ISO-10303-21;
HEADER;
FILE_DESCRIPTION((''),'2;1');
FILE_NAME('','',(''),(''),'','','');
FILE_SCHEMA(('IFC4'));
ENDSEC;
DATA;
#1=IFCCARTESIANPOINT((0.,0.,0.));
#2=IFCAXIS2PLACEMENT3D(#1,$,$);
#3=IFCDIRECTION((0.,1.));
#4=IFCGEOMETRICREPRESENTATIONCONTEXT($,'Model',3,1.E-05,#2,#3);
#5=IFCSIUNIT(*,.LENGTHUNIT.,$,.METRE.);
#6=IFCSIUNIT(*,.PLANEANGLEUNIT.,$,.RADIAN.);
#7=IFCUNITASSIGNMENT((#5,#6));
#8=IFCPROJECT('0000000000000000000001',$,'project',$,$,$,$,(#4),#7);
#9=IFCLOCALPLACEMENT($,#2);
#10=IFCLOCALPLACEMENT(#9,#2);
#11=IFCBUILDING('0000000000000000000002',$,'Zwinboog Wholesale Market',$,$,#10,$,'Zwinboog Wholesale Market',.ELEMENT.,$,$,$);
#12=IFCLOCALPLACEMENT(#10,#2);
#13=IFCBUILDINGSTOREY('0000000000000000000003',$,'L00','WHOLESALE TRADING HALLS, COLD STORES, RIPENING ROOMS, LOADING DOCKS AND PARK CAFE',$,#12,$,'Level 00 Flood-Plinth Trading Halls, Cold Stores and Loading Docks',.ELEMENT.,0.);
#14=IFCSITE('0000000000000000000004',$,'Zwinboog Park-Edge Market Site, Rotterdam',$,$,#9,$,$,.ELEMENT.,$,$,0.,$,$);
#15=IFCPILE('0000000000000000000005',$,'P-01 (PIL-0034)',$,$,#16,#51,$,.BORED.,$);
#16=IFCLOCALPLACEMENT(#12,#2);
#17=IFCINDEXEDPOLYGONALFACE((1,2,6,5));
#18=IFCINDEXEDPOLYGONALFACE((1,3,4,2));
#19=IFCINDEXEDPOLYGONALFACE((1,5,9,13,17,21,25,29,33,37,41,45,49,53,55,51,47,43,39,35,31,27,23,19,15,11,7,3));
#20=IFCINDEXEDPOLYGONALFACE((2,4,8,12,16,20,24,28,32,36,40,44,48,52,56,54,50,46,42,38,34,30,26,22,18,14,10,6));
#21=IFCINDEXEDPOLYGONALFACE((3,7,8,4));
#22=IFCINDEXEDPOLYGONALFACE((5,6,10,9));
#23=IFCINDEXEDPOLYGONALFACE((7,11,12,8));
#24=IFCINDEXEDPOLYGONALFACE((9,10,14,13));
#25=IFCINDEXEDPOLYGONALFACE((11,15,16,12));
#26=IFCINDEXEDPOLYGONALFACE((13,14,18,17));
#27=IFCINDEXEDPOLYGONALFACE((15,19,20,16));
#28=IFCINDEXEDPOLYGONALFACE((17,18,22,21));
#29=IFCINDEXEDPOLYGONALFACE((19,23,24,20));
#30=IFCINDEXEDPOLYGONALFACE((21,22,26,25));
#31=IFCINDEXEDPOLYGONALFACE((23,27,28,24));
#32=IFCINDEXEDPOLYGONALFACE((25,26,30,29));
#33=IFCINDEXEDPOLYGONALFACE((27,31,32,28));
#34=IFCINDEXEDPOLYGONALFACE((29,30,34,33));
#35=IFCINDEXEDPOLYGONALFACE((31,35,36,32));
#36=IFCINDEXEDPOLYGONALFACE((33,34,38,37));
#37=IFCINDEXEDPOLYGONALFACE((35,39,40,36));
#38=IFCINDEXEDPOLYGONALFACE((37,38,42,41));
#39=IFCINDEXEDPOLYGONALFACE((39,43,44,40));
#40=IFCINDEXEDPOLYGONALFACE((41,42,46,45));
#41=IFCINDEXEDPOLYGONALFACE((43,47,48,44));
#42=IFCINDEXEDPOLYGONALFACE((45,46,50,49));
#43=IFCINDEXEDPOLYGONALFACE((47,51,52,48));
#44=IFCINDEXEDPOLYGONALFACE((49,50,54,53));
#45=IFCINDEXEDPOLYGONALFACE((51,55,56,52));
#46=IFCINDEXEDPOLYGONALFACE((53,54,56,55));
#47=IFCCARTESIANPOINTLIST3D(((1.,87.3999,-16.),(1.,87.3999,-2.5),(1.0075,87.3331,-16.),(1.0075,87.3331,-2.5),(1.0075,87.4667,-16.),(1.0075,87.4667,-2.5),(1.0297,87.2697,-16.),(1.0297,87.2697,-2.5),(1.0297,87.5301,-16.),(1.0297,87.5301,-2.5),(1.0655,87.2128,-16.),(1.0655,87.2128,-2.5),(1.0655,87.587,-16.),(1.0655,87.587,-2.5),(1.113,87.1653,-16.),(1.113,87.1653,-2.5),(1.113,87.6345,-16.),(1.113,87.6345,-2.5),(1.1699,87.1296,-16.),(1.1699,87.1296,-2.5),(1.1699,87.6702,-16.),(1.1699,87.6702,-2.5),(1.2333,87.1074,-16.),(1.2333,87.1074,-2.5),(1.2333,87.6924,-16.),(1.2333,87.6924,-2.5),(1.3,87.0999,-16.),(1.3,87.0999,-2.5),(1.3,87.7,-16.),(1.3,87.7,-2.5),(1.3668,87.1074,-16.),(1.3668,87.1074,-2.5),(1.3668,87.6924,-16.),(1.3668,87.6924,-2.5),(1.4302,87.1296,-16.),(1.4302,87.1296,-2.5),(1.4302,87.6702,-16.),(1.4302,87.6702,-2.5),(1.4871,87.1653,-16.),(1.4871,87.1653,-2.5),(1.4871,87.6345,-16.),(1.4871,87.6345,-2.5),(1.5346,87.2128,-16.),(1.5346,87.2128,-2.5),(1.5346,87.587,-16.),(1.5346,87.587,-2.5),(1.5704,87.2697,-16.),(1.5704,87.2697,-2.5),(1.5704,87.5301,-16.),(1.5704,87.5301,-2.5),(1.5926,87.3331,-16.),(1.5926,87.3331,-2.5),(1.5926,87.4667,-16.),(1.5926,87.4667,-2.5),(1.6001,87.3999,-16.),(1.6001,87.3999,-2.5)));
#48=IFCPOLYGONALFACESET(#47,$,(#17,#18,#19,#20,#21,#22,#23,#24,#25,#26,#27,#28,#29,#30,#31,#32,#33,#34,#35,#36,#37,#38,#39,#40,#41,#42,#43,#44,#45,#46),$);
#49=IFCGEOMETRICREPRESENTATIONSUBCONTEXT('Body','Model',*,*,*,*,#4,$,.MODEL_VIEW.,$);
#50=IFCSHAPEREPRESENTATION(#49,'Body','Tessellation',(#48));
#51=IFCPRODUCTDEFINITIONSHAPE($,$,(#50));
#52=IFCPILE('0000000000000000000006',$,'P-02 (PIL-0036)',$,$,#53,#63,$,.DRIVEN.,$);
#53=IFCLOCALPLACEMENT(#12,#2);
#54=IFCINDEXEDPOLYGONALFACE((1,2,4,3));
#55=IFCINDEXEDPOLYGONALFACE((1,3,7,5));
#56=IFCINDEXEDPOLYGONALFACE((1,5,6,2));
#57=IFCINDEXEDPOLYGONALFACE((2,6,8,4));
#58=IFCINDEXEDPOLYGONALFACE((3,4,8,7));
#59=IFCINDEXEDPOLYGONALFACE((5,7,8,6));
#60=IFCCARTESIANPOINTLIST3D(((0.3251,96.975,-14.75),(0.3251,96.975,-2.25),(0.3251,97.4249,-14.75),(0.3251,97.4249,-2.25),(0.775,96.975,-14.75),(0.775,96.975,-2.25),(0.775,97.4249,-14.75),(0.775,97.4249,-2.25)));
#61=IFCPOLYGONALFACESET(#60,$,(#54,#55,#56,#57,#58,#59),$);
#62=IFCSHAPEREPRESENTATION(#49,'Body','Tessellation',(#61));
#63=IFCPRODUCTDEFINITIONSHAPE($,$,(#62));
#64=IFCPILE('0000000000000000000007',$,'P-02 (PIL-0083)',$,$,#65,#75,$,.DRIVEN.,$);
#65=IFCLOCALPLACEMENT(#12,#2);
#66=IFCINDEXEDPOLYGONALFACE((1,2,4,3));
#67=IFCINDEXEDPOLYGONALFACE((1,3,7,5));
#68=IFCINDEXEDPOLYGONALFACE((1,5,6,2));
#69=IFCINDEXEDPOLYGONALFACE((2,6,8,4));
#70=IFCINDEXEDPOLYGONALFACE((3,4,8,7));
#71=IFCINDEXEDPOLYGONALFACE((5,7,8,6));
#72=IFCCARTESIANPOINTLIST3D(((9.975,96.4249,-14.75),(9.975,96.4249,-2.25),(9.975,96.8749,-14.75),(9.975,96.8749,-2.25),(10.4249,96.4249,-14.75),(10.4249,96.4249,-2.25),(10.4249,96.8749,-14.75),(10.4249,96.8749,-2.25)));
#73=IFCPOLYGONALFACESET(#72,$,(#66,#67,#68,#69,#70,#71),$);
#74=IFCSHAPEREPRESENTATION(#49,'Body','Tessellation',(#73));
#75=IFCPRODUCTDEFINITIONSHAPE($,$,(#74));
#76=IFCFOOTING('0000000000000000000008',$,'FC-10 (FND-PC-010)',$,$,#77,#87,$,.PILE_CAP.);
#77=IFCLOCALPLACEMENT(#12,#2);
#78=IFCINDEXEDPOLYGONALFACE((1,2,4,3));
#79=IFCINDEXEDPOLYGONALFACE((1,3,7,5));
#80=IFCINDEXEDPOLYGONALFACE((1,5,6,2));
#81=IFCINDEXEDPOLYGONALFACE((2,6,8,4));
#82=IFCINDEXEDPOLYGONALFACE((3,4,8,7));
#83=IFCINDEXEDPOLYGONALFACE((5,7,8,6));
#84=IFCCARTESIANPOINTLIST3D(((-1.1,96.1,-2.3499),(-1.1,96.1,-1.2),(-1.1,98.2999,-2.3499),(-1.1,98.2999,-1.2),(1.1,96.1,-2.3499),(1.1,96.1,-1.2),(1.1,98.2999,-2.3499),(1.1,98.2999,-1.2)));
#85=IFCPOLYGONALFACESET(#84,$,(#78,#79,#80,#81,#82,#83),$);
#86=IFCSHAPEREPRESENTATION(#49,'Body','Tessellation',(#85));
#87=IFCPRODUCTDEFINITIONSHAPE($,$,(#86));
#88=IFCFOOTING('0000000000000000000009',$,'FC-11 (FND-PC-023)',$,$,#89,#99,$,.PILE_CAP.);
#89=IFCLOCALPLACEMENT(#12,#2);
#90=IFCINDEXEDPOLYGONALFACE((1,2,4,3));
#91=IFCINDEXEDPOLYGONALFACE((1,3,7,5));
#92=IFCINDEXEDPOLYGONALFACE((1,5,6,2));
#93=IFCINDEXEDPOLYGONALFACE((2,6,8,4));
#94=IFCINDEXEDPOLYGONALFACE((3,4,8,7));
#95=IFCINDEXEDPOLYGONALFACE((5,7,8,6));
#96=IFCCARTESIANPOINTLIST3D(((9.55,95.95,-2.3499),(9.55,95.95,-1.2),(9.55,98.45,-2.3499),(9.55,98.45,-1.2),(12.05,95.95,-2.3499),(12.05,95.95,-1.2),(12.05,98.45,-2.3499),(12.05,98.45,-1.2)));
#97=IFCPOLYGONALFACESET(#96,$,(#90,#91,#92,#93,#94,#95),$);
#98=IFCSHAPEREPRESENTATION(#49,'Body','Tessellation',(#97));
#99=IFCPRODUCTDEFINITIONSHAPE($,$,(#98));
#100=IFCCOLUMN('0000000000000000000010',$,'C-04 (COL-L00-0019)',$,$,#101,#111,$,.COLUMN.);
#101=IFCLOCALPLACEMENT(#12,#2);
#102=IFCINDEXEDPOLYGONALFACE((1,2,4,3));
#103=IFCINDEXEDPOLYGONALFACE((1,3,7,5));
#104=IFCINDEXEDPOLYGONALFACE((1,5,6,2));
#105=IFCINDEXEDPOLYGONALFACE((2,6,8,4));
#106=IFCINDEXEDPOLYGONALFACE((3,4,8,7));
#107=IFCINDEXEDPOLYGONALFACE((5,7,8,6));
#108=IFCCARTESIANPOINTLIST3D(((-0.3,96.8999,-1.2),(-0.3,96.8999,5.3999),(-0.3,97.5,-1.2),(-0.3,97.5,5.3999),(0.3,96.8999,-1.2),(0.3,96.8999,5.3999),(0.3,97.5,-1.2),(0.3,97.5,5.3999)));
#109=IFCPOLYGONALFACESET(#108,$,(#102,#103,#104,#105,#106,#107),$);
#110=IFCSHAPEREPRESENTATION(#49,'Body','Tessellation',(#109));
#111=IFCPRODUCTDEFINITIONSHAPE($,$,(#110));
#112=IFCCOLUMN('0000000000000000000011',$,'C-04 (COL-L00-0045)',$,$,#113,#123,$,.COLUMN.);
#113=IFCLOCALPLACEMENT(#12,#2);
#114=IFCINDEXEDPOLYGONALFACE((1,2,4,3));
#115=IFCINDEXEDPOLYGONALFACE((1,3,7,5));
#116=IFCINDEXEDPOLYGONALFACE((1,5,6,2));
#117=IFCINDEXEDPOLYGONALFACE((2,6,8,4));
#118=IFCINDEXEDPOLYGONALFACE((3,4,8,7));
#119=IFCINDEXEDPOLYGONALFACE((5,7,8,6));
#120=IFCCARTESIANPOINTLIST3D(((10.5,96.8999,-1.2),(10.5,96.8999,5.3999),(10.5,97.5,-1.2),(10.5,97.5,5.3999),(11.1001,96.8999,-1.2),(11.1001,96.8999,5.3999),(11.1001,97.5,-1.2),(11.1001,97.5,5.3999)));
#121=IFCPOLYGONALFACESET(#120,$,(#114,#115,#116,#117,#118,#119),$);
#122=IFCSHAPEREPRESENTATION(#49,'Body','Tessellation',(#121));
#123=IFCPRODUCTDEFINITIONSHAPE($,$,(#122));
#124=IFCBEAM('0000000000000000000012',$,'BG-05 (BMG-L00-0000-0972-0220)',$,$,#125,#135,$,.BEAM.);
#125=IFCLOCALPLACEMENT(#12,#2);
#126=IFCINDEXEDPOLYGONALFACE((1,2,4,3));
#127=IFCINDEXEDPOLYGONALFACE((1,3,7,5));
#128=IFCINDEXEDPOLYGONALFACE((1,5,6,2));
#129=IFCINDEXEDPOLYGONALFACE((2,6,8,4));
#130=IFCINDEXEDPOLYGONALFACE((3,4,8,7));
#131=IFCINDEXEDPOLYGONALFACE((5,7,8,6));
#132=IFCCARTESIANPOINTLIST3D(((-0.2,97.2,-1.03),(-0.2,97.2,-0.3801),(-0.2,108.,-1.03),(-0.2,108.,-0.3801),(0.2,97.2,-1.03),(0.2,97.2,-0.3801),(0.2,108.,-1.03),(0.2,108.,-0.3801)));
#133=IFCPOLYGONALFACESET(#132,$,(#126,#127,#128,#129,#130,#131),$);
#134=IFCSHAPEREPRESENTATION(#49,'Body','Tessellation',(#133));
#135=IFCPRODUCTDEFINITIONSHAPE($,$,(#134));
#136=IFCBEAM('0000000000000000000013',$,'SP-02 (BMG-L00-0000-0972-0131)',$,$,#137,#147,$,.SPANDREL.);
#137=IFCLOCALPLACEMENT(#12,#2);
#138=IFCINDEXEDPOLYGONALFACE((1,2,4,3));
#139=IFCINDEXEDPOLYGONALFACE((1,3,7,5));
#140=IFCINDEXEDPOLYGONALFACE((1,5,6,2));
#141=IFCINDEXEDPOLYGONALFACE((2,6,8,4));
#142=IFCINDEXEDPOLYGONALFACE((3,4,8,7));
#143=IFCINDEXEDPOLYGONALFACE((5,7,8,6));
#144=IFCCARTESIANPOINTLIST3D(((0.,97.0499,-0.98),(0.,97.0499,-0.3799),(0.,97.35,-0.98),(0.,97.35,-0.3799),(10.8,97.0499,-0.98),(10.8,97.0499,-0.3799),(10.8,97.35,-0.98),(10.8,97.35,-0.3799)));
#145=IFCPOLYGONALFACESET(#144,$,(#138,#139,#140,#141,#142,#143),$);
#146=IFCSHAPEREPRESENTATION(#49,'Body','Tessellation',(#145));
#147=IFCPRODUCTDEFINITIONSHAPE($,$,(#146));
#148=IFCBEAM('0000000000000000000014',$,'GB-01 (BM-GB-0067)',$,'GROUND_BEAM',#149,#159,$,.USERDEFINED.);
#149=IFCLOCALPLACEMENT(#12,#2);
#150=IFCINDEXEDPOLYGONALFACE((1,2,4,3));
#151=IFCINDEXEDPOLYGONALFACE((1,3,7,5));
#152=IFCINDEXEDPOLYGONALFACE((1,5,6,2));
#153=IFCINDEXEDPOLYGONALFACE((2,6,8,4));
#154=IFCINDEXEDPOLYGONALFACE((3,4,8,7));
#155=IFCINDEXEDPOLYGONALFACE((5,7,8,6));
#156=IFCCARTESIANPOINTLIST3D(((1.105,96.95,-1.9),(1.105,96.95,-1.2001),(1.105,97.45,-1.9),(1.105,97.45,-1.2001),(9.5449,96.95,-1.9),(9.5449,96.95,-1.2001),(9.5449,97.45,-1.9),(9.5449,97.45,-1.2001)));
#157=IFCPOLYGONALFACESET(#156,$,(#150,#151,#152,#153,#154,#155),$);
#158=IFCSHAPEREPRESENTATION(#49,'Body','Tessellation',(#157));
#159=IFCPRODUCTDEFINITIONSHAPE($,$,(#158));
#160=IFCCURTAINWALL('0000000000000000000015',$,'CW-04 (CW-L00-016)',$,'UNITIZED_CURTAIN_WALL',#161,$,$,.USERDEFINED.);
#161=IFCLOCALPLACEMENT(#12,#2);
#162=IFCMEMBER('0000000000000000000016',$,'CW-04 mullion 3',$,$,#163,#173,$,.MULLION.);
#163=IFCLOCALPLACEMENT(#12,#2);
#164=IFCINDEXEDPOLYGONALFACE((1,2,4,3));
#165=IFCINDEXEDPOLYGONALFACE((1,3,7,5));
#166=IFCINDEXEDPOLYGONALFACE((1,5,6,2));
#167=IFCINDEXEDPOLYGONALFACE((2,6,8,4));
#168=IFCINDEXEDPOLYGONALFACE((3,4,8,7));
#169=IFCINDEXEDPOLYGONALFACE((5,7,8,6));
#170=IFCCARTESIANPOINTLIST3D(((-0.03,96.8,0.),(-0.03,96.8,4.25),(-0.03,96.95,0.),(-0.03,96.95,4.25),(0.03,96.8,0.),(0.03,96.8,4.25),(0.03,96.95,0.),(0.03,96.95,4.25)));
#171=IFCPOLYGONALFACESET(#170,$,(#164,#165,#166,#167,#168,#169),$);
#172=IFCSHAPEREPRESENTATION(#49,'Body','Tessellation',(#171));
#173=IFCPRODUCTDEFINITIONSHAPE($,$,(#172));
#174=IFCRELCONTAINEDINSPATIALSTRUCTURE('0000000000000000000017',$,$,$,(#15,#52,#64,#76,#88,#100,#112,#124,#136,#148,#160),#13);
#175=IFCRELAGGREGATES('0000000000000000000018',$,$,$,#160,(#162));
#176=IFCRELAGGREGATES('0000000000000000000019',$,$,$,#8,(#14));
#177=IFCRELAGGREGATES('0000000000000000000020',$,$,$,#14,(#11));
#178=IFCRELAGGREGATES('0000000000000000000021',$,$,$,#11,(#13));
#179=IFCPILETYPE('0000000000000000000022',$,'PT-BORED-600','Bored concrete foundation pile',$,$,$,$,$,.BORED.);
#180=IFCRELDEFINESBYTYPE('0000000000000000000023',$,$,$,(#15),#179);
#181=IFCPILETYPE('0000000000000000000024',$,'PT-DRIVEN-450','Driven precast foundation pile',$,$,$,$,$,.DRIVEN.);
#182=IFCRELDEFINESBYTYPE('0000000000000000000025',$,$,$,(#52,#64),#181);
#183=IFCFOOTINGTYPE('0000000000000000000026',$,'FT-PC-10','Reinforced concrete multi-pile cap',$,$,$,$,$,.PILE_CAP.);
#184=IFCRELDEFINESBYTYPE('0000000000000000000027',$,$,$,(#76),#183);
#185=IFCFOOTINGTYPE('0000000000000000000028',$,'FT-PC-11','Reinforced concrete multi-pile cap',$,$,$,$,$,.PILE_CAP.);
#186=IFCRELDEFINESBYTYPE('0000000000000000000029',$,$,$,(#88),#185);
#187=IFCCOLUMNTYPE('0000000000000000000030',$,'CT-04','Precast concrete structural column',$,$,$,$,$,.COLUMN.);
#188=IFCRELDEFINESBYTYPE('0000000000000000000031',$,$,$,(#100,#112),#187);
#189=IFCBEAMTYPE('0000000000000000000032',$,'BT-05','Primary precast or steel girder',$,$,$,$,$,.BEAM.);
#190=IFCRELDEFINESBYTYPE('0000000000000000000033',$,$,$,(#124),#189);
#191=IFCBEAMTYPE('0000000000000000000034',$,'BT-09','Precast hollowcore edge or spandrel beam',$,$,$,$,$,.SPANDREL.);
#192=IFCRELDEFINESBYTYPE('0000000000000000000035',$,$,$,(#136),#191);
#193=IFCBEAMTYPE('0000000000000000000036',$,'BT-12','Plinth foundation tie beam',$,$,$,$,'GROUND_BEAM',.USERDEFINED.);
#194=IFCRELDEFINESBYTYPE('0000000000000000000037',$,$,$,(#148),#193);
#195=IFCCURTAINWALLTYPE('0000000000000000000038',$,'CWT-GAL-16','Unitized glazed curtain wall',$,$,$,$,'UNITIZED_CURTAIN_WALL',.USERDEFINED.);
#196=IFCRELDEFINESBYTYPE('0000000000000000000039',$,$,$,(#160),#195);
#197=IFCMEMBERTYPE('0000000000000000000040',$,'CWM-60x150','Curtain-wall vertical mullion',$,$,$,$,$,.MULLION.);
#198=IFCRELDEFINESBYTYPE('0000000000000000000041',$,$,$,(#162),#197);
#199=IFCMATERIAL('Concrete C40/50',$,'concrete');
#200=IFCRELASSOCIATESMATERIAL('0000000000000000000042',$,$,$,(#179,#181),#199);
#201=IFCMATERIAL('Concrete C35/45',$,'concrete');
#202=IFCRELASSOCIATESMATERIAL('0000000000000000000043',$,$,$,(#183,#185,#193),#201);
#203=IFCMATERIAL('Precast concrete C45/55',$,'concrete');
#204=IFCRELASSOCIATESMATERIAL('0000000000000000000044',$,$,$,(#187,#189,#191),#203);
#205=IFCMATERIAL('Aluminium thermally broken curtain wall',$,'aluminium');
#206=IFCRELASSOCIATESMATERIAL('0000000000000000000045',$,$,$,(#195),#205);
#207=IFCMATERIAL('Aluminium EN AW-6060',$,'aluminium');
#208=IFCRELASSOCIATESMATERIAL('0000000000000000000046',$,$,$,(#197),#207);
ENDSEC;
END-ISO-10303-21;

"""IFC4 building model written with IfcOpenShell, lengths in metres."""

from ifc_helpers import new_model, si_unit, direction, frame, origin, origin_2d, place, context, subcontext, project, spatial, rectangle, circle, extrude, material, material_profile, profile_set, type_object, element, aggregate, save


model = new_model("IFC4")

# Units and contexts
model_context = context("Model", 3, precision=1e-05, world=origin(), true_north=direction((0.0, 1.0)))
body_context = subcontext(model_context, "Body", "Model", "MODEL_VIEW")
ifc_project = project(units=[si_unit("LENGTHUNIT", "METRE"), si_unit("PLANEANGLEUNIT", "RADIAN")], contexts=[model_context])

# Site, building, storey
site_placement = place(None, origin())
site = spatial("IfcSite", under=ifc_project, at=site_placement, Name="Zwinboog Park-Edge Market Site, Rotterdam", CompositionType="ELEMENT", RefElevation=0.0)
building_placement = place(site_placement, origin())
building = spatial("IfcBuilding", under=site, at=building_placement, Name="Zwinboog Wholesale Market", LongName="Zwinboog Wholesale Market", CompositionType="ELEMENT")
storey_placement = place(building_placement, origin())
storey = spatial("IfcBuildingStorey", under=building, at=storey_placement, Name="L00", Description="WHOLESALE TRADING HALLS, COLD STORES, RIPENING ROOMS, LOADING DOCKS AND PARK CAFE", LongName="Level 00 Flood-Plinth Trading Halls, Cold Stores and Loading Docks", CompositionType="ELEMENT", Elevation=0.0)

# Piles
ifc_material_1 = material(Name="Concrete C40/50", Category="concrete")
ifc_material_profile_1 = material_profile(ifc_material_1, circle(Radius=0.3, at=origin_2d()), Name="PILE D600")
ifc_profile_set_1 = profile_set([ifc_material_profile_1], Name="Concrete C40/50")
pile_type_1 = type_object("IfcPileType", Name="PT-BORED-600", Description="Bored concrete foundation pile", PredefinedType="BORED", material=ifc_profile_set_1)
pile_placement = place(storey_placement, frame((1.3, 87.3999, -2.5), z_axis=(0.0, 0.0, -1.0), x_axis=(1.0, 0.0, 0.0)))
element("IfcPile", 1, at=pile_placement, inside=storey, type_object=pile_type_1, Name="P-01 (PIL-0034)", PredefinedType="BORED", context=body_context, shape_type="SweptSolid", body=[
    extrude(circle(Radius=0.3, at=origin_2d()), origin(), (0.0, 0.0, 1.0), 13.5),
])
ifc_material_profile_2 = material_profile(ifc_material_1, rectangle(XDim=0.45, YDim=0.45, at=origin_2d()), Name="PILE SQ450")
ifc_profile_set_2 = profile_set([ifc_material_profile_2], Name="Concrete C40/50")
pile_type_2 = type_object("IfcPileType", Name="PT-DRIVEN-450", Description="Driven precast foundation pile", PredefinedType="DRIVEN", material=ifc_profile_set_2)
for number, where, z_axis, x_axis, name in (
    (2, (0.55, 97.2, -2.25), (0.0, 0.0, -1.0), (1.0, 0.0, 0.0), "P-02 (PIL-0036)"),
    (3, (10.2, 96.6499, -2.25), (0.0, 0.0, -1.0), (1.0, 0.0, 0.0), "P-02 (PIL-0083)"),
):
    element("IfcPile", number, at=place(storey_placement, frame(where, z_axis=z_axis, x_axis=x_axis)), inside=storey, type_object=pile_type_2, Name=name, PredefinedType="DRIVEN", context=body_context, shape_type="SweptSolid", body=[
        extrude(rectangle(XDim=0.45, YDim=0.45, at=origin_2d()), origin(), (0.0, 0.0, 1.0), 12.5),
    ])

# Footings
ifc_material_2 = material(Name="Concrete C35/45", Category="concrete")
footing_type_1 = type_object("IfcFootingType", Name="FT-PC-10", Description="Reinforced concrete multi-pile cap", PredefinedType="PILE_CAP", material=ifc_material_2)
footing_1_placement = place(storey_placement, frame((0.0, 97.2, -2.3499), z_axis=(0.0, 0.0, 1.0), x_axis=(1.0, 0.0, 0.0)))
element("IfcFooting", 4, at=footing_1_placement, inside=storey, type_object=footing_type_1, Name="FC-10 (FND-PC-010)", PredefinedType="PILE_CAP", context=body_context, shape_type="SweptSolid", body=[
    extrude(rectangle(XDim=2.2, YDim=2.2, at=origin_2d()), origin(), (0.0, 0.0, 1.0), 1.1499),
])
footing_type_2 = type_object("IfcFootingType", Name="FT-PC-11", Description="Reinforced concrete multi-pile cap", PredefinedType="PILE_CAP", material=ifc_material_2)
footing_2_placement = place(storey_placement, frame((10.8, 97.2, -2.3499), z_axis=(0.0, 0.0, 1.0), x_axis=(1.0, 0.0, 0.0)))
element("IfcFooting", 5, at=footing_2_placement, inside=storey, type_object=footing_type_2, Name="FC-11 (FND-PC-023)", PredefinedType="PILE_CAP", context=body_context, shape_type="SweptSolid", body=[
    extrude(rectangle(XDim=2.5, YDim=2.5, at=origin_2d()), origin(), (0.0, 0.0, 1.0), 1.1499),
])

# Columns
ifc_material_3 = material(Name="Precast concrete C45/55", Category="concrete")
ifc_material_profile_3 = material_profile(ifc_material_3, rectangle(XDim=0.6001, YDim=0.6001, at=origin_2d()), Name="PC 600x600")
ifc_profile_set_3 = profile_set([ifc_material_profile_3], Name="Precast concrete C45/55")
column_type = type_object("IfcColumnType", Name="CT-04", Description="Precast concrete structural column", PredefinedType="COLUMN", material=ifc_profile_set_3)
for number, where, z_axis, x_axis, name in (
    (6, (0.0, 97.2, -1.2), (0.0, 0.0, 1.0), (1.0, 0.0, 0.0), "C-04 (COL-L00-0019)"),
    (7, (10.8, 97.2, -1.2), (0.0, 0.0, 1.0), (1.0, 0.0, 0.0), "C-04 (COL-L00-0045)"),
):
    element("IfcColumn", number, at=place(storey_placement, frame(where, z_axis=z_axis, x_axis=x_axis)), inside=storey, type_object=column_type, Name=name, PredefinedType="COLUMN", context=body_context, shape_type="SweptSolid", body=[
        extrude(rectangle(XDim=0.6001, YDim=0.6001, at=origin_2d()), origin(), (0.0, 0.0, 1.0), 6.5999),
    ])

# Beams
ifc_material_profile_4 = material_profile(ifc_material_3, rectangle(XDim=0.3999, YDim=0.6499, at=origin_2d()), Name="PC 400x650")
ifc_profile_set_4 = profile_set([ifc_material_profile_4], Name="Precast concrete C45/55")
beam_type_1 = type_object("IfcBeamType", Name="BT-05", Description="Primary precast or steel girder", PredefinedType="BEAM", material=ifc_profile_set_4)
beam_1_placement = place(storey_placement, frame((0.0, 97.2, -0.7051), z_axis=(0.0, 1.0, 0.0), x_axis=(-1.0, 0.0, 0.0)))
element("IfcBeam", 8, at=beam_1_placement, inside=storey, type_object=beam_type_1, Name="BG-05 (BMG-L00-0000-0972-0220)", PredefinedType="BEAM", context=body_context, shape_type="SweptSolid", body=[
    extrude(rectangle(XDim=0.3999, YDim=0.6499, at=origin_2d()), origin(), (0.0, 0.0, 1.0), 10.8),
])
ifc_material_profile_5 = material_profile(ifc_material_3, rectangle(XDim=0.3, YDim=0.6001, at=origin_2d()), Name="PC 300x600")
ifc_profile_set_5 = profile_set([ifc_material_profile_5], Name="Precast concrete C45/55")
beam_type_2 = type_object("IfcBeamType", Name="BT-09", Description="Precast hollowcore edge or spandrel beam", PredefinedType="SPANDREL", material=ifc_profile_set_5)
beam_2_placement = place(storey_placement, frame((0.0, 97.2, -0.6799), z_axis=(1.0, 0.0, 0.0), x_axis=(0.0, 1.0, 0.0)))
element("IfcBeam", 9, at=beam_2_placement, inside=storey, type_object=beam_type_2, Name="SP-02 (BMG-L00-0000-0972-0131)", PredefinedType="SPANDREL", context=body_context, shape_type="SweptSolid", body=[
    extrude(rectangle(XDim=0.3, YDim=0.6001, at=origin_2d()), origin(), (0.0, 0.0, 1.0), 10.8),
])
ifc_material_profile_6 = material_profile(ifc_material_2, rectangle(XDim=0.5, YDim=0.7, at=origin_2d()), Name="RC 500x700")
ifc_profile_set_6 = profile_set([ifc_material_profile_6], Name="Concrete C35/45")
beam_type_3 = type_object("IfcBeamType", Name="BT-12", Description="Plinth foundation tie beam", ElementType="GROUND_BEAM", PredefinedType="USERDEFINED", material=ifc_profile_set_6)
beam_3_placement = place(storey_placement, frame((1.105, 97.2, -1.55), z_axis=(1.0, 0.0, 0.0), x_axis=(0.0, 1.0, 0.0)))
element("IfcBeam", 10, at=beam_3_placement, inside=storey, type_object=beam_type_3, Name="GB-01 (BM-GB-0067)", ObjectType="GROUND_BEAM", PredefinedType="USERDEFINED", context=body_context, shape_type="SweptSolid", body=[
    extrude(rectangle(XDim=0.5, YDim=0.7, at=origin_2d()), origin(), (0.0, 0.0, 1.0), 8.4399),
])

# Curtain wall, member
ifc_material_4 = material(Name="Aluminium thermally broken curtain wall", Category="aluminium")
curtain_wall_type = type_object("IfcCurtainWallType", Name="CWT-GAL-16", Description="Unitized glazed curtain wall", ElementType="UNITIZED_CURTAIN_WALL", PredefinedType="USERDEFINED", material=ifc_material_4)
curtain_wall_placement = place(storey_placement, origin())
curtain_wall = element("IfcCurtainWall", 11, at=curtain_wall_placement, inside=storey, type_object=curtain_wall_type, Name="CW-04 (CW-L00-016)", ObjectType="UNITIZED_CURTAIN_WALL", PredefinedType="USERDEFINED")
ifc_material_5 = material(Name="Aluminium EN AW-6060", Category="aluminium")
ifc_material_profile_7 = material_profile(ifc_material_5, rectangle(XDim=0.0601, YDim=0.1499, at=origin_2d()), Name="AL 60x150")
ifc_profile_set_7 = profile_set([ifc_material_profile_7], Name="Aluminium EN AW-6060")
member_type = type_object("IfcMemberType", Name="CWM-60x150", Description="Curtain-wall vertical mullion", PredefinedType="MULLION", material=ifc_profile_set_7)
member_placement = place(storey_placement, frame((0.0, 96.875, 0.0), z_axis=(0.0, 0.0, 1.0), x_axis=(-1.0, 0.0, 0.0)))
member = element("IfcMember", 12, at=member_placement, type_object=member_type, Name="CW-04 mullion 3", PredefinedType="MULLION", context=body_context, shape_type="SweptSolid", body=[
    extrude(rectangle(XDim=0.0601, YDim=0.1499, at=origin_2d()), origin(), (0.0, 0.0, 1.0), 4.25),
])
aggregate(curtain_wall, [member])

save(model, "model.ifc")
